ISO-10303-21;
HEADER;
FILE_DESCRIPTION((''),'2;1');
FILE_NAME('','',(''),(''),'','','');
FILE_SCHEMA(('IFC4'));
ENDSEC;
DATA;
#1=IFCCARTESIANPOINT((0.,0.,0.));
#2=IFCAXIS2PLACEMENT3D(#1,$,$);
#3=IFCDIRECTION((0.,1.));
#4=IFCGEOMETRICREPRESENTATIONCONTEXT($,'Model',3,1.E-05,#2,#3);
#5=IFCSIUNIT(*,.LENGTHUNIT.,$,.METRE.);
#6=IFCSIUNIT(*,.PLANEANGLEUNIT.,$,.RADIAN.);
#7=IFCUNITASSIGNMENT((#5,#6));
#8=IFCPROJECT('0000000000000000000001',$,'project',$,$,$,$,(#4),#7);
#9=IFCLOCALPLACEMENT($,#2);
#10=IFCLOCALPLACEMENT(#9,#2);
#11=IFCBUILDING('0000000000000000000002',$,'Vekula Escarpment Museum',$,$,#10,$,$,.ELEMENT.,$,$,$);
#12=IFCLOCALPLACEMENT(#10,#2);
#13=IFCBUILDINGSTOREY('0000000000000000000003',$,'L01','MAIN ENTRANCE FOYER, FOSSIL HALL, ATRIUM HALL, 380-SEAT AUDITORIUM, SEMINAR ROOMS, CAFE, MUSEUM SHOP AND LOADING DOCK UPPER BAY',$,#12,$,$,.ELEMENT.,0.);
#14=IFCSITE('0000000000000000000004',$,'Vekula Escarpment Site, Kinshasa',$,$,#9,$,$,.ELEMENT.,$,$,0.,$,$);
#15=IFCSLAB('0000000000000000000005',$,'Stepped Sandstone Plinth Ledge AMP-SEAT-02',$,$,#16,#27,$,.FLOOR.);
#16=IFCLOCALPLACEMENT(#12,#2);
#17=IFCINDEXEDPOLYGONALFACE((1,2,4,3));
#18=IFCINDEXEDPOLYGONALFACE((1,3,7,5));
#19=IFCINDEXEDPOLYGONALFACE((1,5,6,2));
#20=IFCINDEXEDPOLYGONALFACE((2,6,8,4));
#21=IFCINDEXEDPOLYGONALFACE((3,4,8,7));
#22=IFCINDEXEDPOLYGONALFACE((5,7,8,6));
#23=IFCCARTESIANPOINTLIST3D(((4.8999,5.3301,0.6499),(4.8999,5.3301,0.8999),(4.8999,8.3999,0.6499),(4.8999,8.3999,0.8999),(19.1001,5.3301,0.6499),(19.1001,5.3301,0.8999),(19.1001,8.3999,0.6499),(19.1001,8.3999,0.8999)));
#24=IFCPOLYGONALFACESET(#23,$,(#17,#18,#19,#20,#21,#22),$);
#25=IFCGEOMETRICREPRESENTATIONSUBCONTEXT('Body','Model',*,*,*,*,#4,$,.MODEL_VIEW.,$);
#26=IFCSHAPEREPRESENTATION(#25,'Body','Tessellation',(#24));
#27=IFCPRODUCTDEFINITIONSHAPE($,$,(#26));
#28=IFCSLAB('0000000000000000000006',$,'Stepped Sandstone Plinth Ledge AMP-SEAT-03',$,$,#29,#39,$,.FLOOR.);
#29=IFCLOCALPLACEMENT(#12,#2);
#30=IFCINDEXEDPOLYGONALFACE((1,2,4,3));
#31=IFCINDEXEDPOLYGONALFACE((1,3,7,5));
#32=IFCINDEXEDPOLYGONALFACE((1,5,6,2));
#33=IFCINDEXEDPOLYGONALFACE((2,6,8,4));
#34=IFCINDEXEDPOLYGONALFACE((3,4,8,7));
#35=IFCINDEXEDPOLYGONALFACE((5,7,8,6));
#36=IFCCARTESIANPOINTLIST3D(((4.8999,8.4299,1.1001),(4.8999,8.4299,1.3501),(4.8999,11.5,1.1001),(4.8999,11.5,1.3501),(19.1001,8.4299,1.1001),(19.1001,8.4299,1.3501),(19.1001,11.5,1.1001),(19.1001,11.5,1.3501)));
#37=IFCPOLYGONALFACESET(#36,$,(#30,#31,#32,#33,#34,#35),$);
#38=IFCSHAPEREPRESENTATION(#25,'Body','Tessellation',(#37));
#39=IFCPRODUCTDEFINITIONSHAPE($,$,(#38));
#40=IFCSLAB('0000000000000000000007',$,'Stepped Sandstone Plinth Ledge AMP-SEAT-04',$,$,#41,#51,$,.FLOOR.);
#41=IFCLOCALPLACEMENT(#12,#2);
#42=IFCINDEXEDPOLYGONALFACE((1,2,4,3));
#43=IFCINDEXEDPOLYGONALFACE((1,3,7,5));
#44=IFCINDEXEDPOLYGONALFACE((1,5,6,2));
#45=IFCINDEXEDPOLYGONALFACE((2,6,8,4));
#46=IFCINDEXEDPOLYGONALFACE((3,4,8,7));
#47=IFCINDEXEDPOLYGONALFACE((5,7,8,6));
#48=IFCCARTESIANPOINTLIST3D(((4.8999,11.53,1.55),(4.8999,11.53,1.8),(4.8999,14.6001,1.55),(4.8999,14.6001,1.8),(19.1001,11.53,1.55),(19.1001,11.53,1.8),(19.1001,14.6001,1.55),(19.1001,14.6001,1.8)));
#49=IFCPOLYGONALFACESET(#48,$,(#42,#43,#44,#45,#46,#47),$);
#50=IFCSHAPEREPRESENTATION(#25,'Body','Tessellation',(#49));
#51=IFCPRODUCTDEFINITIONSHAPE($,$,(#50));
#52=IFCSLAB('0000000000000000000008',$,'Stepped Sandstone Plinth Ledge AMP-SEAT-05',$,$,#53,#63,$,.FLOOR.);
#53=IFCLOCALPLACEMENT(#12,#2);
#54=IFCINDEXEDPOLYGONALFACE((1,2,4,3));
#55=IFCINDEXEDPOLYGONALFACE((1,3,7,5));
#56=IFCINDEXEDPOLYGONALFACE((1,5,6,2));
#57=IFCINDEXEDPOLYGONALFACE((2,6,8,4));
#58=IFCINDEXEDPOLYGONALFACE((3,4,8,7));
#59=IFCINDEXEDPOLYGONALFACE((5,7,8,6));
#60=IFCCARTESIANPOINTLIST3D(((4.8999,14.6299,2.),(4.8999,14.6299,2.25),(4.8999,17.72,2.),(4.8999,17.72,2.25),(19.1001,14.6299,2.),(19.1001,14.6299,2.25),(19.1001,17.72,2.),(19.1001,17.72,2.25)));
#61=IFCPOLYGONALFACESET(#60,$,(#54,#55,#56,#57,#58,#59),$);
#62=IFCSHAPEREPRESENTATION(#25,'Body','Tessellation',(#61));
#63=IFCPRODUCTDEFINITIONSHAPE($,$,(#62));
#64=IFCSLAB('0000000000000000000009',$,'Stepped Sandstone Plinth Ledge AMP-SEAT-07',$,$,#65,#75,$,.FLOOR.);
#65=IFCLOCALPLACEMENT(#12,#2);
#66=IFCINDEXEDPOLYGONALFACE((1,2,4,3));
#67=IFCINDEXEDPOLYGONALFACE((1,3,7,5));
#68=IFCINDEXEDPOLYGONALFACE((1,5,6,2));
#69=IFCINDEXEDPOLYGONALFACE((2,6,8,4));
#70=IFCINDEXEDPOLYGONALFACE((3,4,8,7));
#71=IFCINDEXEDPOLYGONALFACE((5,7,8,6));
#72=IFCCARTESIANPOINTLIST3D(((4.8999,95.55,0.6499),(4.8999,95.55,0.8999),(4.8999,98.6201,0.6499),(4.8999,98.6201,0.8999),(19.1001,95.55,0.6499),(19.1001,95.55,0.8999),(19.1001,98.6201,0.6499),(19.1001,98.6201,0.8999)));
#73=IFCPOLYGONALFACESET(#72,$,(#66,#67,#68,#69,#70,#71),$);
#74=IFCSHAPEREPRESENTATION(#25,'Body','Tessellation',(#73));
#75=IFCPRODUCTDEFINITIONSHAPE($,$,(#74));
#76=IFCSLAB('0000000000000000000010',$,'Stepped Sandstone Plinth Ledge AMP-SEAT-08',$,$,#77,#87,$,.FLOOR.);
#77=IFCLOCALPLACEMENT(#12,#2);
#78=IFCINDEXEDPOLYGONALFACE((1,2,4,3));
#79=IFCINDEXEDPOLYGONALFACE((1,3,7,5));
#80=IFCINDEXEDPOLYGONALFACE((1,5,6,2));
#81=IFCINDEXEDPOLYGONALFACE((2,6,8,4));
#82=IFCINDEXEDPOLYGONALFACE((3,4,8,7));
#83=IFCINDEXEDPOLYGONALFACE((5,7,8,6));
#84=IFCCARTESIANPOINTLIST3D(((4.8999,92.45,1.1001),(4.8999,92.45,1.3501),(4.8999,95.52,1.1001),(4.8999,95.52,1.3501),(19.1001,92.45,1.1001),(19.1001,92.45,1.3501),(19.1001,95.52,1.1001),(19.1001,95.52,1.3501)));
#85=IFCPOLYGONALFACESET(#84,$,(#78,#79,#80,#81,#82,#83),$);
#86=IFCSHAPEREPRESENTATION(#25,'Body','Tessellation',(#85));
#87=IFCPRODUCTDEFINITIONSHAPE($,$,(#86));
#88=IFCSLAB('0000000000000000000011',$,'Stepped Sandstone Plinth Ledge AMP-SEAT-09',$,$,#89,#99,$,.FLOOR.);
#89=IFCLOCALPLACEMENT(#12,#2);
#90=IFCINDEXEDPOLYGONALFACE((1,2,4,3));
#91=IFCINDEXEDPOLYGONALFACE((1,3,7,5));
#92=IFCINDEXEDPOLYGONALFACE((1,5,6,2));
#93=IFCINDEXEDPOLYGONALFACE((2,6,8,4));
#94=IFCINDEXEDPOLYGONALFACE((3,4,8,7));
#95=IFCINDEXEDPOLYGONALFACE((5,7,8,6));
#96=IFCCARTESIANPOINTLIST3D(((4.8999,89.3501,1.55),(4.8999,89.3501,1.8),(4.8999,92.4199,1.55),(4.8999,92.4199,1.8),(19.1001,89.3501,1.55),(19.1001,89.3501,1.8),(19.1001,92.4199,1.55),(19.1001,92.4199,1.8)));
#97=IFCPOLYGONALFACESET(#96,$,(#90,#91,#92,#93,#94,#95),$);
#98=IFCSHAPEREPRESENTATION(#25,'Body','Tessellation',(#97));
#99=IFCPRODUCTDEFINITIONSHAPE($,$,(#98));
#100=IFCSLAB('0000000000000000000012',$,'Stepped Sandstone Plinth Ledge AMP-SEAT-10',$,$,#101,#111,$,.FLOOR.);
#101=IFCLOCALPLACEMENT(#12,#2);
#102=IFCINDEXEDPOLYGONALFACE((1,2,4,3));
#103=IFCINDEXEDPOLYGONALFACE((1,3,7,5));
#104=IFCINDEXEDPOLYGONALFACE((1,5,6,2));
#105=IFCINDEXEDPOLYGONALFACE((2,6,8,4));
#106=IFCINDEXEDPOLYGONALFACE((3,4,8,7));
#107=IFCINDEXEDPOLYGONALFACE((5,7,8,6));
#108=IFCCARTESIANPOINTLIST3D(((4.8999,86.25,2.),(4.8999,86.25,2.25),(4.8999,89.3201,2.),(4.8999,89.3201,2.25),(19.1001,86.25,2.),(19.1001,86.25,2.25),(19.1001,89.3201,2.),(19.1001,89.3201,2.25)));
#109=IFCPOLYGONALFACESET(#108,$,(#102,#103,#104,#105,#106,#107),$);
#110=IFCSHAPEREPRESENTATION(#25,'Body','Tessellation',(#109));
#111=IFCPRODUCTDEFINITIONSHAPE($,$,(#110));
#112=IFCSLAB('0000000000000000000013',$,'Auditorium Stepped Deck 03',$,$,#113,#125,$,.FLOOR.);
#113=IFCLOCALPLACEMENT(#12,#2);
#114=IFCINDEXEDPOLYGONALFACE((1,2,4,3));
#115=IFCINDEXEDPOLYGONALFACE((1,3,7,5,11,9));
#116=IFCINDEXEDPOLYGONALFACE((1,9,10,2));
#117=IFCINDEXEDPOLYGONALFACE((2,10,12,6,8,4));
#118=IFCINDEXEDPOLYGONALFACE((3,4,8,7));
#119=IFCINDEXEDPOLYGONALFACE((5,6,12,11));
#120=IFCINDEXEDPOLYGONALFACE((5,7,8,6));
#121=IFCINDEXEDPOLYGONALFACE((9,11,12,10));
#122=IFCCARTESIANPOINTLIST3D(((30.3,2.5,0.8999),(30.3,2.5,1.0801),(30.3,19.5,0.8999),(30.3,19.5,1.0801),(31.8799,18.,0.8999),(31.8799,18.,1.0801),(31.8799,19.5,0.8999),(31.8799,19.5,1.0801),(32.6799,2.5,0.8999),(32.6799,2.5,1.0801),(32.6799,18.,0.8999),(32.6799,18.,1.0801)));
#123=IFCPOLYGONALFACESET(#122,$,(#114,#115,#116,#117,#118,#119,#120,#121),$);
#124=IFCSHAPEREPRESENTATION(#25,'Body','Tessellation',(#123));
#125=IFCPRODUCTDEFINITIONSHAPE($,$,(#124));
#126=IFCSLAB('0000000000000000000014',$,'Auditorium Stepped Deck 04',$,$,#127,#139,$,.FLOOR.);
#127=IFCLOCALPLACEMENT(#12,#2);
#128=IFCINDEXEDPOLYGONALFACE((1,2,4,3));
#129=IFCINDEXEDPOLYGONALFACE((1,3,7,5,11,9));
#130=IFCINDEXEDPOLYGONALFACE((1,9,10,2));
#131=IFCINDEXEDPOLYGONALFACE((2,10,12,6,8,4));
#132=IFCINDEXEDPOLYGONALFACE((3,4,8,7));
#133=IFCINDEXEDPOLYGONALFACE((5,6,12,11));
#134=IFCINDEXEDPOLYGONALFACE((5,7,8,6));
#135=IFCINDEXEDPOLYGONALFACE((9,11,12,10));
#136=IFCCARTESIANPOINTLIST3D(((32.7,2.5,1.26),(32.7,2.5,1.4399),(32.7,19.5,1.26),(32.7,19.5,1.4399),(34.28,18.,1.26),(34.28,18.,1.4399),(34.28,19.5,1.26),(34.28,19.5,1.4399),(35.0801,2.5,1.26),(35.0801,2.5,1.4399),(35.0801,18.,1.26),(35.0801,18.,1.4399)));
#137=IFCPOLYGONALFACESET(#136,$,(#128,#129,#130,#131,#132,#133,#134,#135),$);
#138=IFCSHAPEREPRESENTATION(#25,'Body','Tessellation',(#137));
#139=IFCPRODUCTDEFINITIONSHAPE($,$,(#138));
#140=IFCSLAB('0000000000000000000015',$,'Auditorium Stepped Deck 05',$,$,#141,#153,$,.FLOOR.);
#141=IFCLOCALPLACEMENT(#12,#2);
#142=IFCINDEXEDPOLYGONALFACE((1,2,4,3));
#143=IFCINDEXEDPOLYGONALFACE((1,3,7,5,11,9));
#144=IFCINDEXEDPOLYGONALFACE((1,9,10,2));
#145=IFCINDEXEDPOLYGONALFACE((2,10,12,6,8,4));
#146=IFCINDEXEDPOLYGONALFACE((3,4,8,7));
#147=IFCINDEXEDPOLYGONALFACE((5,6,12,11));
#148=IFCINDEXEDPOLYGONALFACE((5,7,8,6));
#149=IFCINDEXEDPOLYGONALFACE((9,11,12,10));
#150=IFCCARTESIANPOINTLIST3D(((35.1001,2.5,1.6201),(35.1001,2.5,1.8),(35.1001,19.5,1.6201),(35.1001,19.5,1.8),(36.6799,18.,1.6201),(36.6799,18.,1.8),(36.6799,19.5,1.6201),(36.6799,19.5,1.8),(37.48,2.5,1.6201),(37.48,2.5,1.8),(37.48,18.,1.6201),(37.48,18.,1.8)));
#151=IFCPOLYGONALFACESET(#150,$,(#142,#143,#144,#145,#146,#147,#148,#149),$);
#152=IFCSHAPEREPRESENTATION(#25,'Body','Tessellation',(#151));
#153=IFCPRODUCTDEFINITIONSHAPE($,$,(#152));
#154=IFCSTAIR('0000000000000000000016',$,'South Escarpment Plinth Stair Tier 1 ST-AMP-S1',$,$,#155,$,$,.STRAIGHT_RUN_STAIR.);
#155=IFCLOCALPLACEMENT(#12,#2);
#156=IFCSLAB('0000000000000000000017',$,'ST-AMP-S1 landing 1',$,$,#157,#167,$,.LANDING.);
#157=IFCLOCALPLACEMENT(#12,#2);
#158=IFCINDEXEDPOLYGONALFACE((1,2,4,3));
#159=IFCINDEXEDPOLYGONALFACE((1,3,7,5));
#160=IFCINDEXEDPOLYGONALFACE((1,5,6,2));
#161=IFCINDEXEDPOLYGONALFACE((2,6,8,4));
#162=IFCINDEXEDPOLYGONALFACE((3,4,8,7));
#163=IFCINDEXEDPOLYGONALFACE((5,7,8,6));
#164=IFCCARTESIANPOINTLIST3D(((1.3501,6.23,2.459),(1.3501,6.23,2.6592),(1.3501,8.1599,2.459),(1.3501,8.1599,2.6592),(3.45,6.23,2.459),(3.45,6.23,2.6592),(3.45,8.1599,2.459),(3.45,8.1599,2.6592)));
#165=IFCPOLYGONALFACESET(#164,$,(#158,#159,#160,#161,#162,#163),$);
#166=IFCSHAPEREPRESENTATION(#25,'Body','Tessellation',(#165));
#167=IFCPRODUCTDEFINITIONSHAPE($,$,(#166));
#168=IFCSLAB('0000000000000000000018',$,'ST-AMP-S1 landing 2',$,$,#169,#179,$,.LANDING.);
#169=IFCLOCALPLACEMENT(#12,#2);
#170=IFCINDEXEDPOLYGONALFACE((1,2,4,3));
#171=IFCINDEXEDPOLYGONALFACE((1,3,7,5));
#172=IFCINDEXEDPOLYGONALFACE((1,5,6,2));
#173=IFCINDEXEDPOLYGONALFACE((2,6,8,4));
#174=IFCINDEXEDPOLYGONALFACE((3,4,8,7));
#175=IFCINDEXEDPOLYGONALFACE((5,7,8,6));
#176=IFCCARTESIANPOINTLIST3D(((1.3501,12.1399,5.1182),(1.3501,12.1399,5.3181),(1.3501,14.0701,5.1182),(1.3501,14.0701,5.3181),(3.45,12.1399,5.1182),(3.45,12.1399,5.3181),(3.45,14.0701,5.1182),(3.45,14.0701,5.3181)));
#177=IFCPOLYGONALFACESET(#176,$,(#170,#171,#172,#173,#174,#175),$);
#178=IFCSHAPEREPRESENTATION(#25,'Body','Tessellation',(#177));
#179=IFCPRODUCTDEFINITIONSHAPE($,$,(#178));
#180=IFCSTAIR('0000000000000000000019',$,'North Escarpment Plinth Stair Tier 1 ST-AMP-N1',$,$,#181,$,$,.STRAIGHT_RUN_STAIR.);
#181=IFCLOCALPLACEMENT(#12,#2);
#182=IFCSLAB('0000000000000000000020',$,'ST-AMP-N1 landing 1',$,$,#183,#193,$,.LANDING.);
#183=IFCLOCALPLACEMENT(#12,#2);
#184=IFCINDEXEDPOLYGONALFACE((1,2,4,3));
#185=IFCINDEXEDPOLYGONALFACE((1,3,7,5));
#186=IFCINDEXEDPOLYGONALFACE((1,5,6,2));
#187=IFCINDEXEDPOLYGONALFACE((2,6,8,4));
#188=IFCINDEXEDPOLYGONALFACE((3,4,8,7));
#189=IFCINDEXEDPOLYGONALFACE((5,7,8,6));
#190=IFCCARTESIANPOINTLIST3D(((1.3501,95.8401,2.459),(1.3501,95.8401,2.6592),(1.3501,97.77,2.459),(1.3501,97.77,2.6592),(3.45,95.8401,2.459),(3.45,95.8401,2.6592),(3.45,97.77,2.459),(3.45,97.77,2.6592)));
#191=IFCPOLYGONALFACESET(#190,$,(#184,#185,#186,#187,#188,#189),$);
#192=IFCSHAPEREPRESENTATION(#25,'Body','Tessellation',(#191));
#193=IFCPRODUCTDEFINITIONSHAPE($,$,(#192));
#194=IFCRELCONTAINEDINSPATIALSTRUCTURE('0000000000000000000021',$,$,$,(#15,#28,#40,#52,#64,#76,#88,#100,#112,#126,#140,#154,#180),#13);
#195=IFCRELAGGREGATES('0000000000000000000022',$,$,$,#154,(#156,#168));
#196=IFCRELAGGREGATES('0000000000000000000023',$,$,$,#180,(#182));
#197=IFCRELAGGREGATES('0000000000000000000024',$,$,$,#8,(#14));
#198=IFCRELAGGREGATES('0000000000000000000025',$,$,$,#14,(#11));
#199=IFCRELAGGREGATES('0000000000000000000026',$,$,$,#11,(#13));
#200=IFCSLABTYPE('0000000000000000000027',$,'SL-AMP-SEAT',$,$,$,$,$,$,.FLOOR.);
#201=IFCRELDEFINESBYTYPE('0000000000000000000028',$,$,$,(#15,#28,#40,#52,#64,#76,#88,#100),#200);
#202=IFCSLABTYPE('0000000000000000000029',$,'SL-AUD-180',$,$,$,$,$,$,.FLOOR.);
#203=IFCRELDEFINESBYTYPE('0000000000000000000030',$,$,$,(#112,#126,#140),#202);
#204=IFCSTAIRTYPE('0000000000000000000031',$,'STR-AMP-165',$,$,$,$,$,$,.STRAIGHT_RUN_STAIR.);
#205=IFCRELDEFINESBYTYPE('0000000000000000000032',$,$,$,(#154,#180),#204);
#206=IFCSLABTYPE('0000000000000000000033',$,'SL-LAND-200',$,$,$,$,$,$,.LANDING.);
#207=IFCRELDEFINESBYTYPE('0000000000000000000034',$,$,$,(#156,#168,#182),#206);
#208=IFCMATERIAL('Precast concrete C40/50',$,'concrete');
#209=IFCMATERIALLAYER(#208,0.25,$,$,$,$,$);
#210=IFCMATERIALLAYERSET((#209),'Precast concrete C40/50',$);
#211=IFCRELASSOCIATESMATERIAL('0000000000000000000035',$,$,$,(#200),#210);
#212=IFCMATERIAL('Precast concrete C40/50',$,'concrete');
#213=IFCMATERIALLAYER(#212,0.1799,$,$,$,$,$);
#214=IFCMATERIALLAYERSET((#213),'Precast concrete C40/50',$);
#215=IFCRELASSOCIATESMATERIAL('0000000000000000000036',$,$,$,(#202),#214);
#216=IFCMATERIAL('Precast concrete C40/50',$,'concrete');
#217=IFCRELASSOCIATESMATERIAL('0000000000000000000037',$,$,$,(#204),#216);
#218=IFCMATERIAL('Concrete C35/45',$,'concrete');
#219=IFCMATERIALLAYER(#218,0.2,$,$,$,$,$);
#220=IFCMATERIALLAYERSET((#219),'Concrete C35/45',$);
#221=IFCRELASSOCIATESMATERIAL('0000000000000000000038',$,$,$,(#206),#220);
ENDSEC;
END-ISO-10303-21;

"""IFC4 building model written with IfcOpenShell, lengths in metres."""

from ifc_helpers import new_model, si_unit, direction, frame, origin, place, context, subcontext, project, spatial, polyline, outline, extrude, material, layer, layer_set, type_object, element, aggregate, save


model = new_model("IFC4")

# Units and contexts
model_context = context("Model", 3, precision=1e-05, world=origin(), true_north=direction((0.0, 1.0)))
body_context = subcontext(model_context, "Body", "Model", "MODEL_VIEW")
ifc_project = project(units=[si_unit("LENGTHUNIT", "METRE"), si_unit("PLANEANGLEUNIT", "RADIAN")], contexts=[model_context])

# Site, building, storey
site_placement = place(None, origin())
site = spatial("IfcSite", under=ifc_project, at=site_placement, Name="Vekula Escarpment Site, Kinshasa", CompositionType="ELEMENT", RefElevation=0.0)
building_placement = place(site_placement, origin())
building = spatial("IfcBuilding", under=site, at=building_placement, Name="Vekula Escarpment Museum", CompositionType="ELEMENT")
storey_placement = place(building_placement, origin())
storey = spatial("IfcBuildingStorey", under=building, at=storey_placement, Name="L01", Description="MAIN ENTRANCE FOYER, FOSSIL HALL, ATRIUM HALL, 380-SEAT AUDITORIUM, SEMINAR ROOMS, CAFE, MUSEUM SHOP AND LOADING DOCK UPPER BAY", CompositionType="ELEMENT", Elevation=0.0)

# Slabs
ifc_material_1 = material(Name="Precast concrete C40/50", Category="concrete")
ifc_layer_1 = layer(ifc_material_1, 0.25)
ifc_layer_set_1 = layer_set([ifc_layer_1], Name="Precast concrete C40/50")
slab_type_1 = type_object("IfcSlabType", Name="SL-AMP-SEAT", PredefinedType="FLOOR", material=ifc_layer_set_1)
slab_1_placement = place(storey_placement, frame((0.0, 0.0, 0.6499)))
element("IfcSlab", 1, at=slab_1_placement, inside=storey, type_object=slab_type_1, Name="Stepped Sandstone Plinth Ledge AMP-SEAT-02", PredefinedType="FLOOR", context=body_context, shape_type="SweptSolid", body=[
    extrude(outline(polyline([(4.8999, 5.3301), (19.1001, 5.3301), (19.1001, 8.3999), (4.8999, 8.3999), (4.8999, 5.3301)])), origin(), (0.0, 0.0, 1.0), 0.25),
])
slab_2_placement = place(storey_placement, frame((0.0, 0.0, 1.1001)))
element("IfcSlab", 2, at=slab_2_placement, inside=storey, type_object=slab_type_1, Name="Stepped Sandstone Plinth Ledge AMP-SEAT-03", PredefinedType="FLOOR", context=body_context, shape_type="SweptSolid", body=[
    extrude(outline(polyline([(4.8999, 8.4299), (19.1001, 8.4299), (19.1001, 11.5), (4.8999, 11.5), (4.8999, 8.4299)])), origin(), (0.0, 0.0, 1.0), 0.25),
])
slab_3_placement = place(storey_placement, frame((0.0, 0.0, 1.55)))
element("IfcSlab", 3, at=slab_3_placement, inside=storey, type_object=slab_type_1, Name="Stepped Sandstone Plinth Ledge AMP-SEAT-04", PredefinedType="FLOOR", context=body_context, shape_type="SweptSolid", body=[
    extrude(outline(polyline([(4.8999, 11.53), (19.1001, 11.53), (19.1001, 14.6001), (4.8999, 14.6001), (4.8999, 11.53)])), origin(), (0.0, 0.0, 1.0), 0.25),
])
slab_4_placement = place(storey_placement, frame((0.0, 0.0, 2.0)))
element("IfcSlab", 4, at=slab_4_placement, inside=storey, type_object=slab_type_1, Name="Stepped Sandstone Plinth Ledge AMP-SEAT-05", PredefinedType="FLOOR", context=body_context, shape_type="SweptSolid", body=[
    extrude(outline(polyline([(4.8999, 14.6299), (19.1001, 14.6299), (19.1001, 17.72), (4.8999, 17.72), (4.8999, 14.6299)])), origin(), (0.0, 0.0, 1.0), 0.25),
])
slab_5_placement = place(storey_placement, frame((0.0, 0.0, 0.6499)))
element("IfcSlab", 5, at=slab_5_placement, inside=storey, type_object=slab_type_1, Name="Stepped Sandstone Plinth Ledge AMP-SEAT-07", PredefinedType="FLOOR", context=body_context, shape_type="SweptSolid", body=[
    extrude(outline(polyline([(4.8999, 95.55), (19.1001, 95.55), (19.1001, 98.6201), (4.8999, 98.6201), (4.8999, 95.55)])), origin(), (0.0, 0.0, 1.0), 0.25),
])
slab_6_placement = place(storey_placement, frame((0.0, 0.0, 1.1001)))
element("IfcSlab", 6, at=slab_6_placement, inside=storey, type_object=slab_type_1, Name="Stepped Sandstone Plinth Ledge AMP-SEAT-08", PredefinedType="FLOOR", context=body_context, shape_type="SweptSolid", body=[
    extrude(outline(polyline([(4.8999, 92.45), (19.1001, 92.45), (19.1001, 95.52), (4.8999, 95.52), (4.8999, 92.45)])), origin(), (0.0, 0.0, 1.0), 0.25),
])
slab_7_placement = place(storey_placement, frame((0.0, 0.0, 1.55)))
element("IfcSlab", 7, at=slab_7_placement, inside=storey, type_object=slab_type_1, Name="Stepped Sandstone Plinth Ledge AMP-SEAT-09", PredefinedType="FLOOR", context=body_context, shape_type="SweptSolid", body=[
    extrude(outline(polyline([(4.8999, 89.3501), (19.1001, 89.3501), (19.1001, 92.4199), (4.8999, 92.4199), (4.8999, 89.3501)])), origin(), (0.0, 0.0, 1.0), 0.25),
])
slab_8_placement = place(storey_placement, frame((0.0, 0.0, 2.0)))
element("IfcSlab", 8, at=slab_8_placement, inside=storey, type_object=slab_type_1, Name="Stepped Sandstone Plinth Ledge AMP-SEAT-10", PredefinedType="FLOOR", context=body_context, shape_type="SweptSolid", body=[
    extrude(outline(polyline([(4.8999, 86.25), (19.1001, 86.25), (19.1001, 89.3201), (4.8999, 89.3201), (4.8999, 86.25)])), origin(), (0.0, 0.0, 1.0), 0.25),
])
ifc_material_2 = material(Name="Precast concrete C40/50", Category="concrete")
ifc_layer_2 = layer(ifc_material_2, 0.1799)
ifc_layer_set_2 = layer_set([ifc_layer_2], Name="Precast concrete C40/50")
slab_type_2 = type_object("IfcSlabType", Name="SL-AUD-180", PredefinedType="FLOOR", material=ifc_layer_set_2)
slab_9_placement = place(storey_placement, frame((0.0, 0.0, 0.8999)))
element("IfcSlab", 9, at=slab_9_placement, inside=storey, type_object=slab_type_2, Name="Auditorium Stepped Deck 03", PredefinedType="FLOOR", context=body_context, shape_type="SweptSolid", body=[
    extrude(outline(polyline([(30.3, 2.5), (32.6799, 2.5), (32.6799, 18.0), (31.8799, 18.0), (31.8799, 19.5), (30.3, 19.5), (30.3, 2.5)])), origin(), (0.0, 0.0, 1.0), 0.1802),
])
slab_10_placement = place(storey_placement, frame((0.0, 0.0, 1.26)))
element("IfcSlab", 10, at=slab_10_placement, inside=storey, type_object=slab_type_2, Name="Auditorium Stepped Deck 04", PredefinedType="FLOOR", context=body_context, shape_type="SweptSolid", body=[
    extrude(outline(polyline([(32.7, 2.5), (35.0801, 2.5), (35.0801, 18.0), (34.28, 18.0), (34.28, 19.5), (32.7, 19.5), (32.7, 2.5)])), origin(), (0.0, 0.0, 1.0), 0.1799),
])
slab_11_placement = place(storey_placement, frame((0.0, 0.0, 1.6201)))
element("IfcSlab", 11, at=slab_11_placement, inside=storey, type_object=slab_type_2, Name="Auditorium Stepped Deck 05", PredefinedType="FLOOR", context=body_context, shape_type="SweptSolid", body=[
    extrude(outline(polyline([(35.1001, 2.5), (37.48, 2.5), (37.48, 18.0), (36.6799, 18.0), (36.6799, 19.5), (35.1001, 19.5), (35.1001, 2.5)])), origin(), (0.0, 0.0, 1.0), 0.1799),
])

# Stairs, slabs
ifc_material_3 = material(Name="Precast concrete C40/50", Category="concrete")
stair_type_1 = type_object("IfcStairType", Name="STR-AMP-165", PredefinedType="STRAIGHT_RUN_STAIR", material=ifc_material_3)
stair_1_placement = place(storey_placement, origin())
stair_1 = element("IfcStair", 12, at=stair_1_placement, inside=storey, type_object=stair_type_1, Name="South Escarpment Plinth Stair Tier 1 ST-AMP-S1", PredefinedType="STRAIGHT_RUN_STAIR")
ifc_material_4 = material(Name="Concrete C35/45", Category="concrete")
ifc_layer_3 = layer(ifc_material_4, 0.2)
ifc_layer_set_3 = layer_set([ifc_layer_3], Name="Concrete C35/45")
slab_type_3 = type_object("IfcSlabType", Name="SL-LAND-200", PredefinedType="LANDING", material=ifc_layer_set_3)
slab_12_placement = place(storey_placement, frame((0.0, 0.0, 2.459)))
slab_12 = element("IfcSlab", 13, at=slab_12_placement, type_object=slab_type_3, Name="ST-AMP-S1 landing 1", PredefinedType="LANDING", context=body_context, shape_type="SweptSolid", body=[
    extrude(outline(polyline([(1.3501, 6.23), (3.45, 6.23), (3.45, 8.1599), (1.3501, 8.1599), (1.3501, 6.23)])), origin(), (0.0, 0.0, 1.0), 0.2002),
])
slab_13_placement = place(storey_placement, frame((0.0, 0.0, 5.1182)))
slab_13 = element("IfcSlab", 14, at=slab_13_placement, type_object=slab_type_3, Name="ST-AMP-S1 landing 2", PredefinedType="LANDING", context=body_context, shape_type="SweptSolid", body=[
    extrude(outline(polyline([(1.3501, 12.1399), (3.45, 12.1399), (3.45, 14.0701), (1.3501, 14.0701), (1.3501, 12.1399)])), origin(), (0.0, 0.0, 1.0), 0.2),
])
aggregate(stair_1, [slab_12, slab_13])
stair_2_placement = place(storey_placement, origin())
stair_2 = element("IfcStair", 15, at=stair_2_placement, inside=storey, type_object=stair_type_1, Name="North Escarpment Plinth Stair Tier 1 ST-AMP-N1", PredefinedType="STRAIGHT_RUN_STAIR")
slab_14_placement = place(storey_placement, frame((0.0, 0.0, 2.459)))
slab_14 = element("IfcSlab", 16, at=slab_14_placement, type_object=slab_type_3, Name="ST-AMP-N1 landing 1", PredefinedType="LANDING", context=body_context, shape_type="SweptSolid", body=[
    extrude(outline(polyline([(1.3501, 95.8401), (3.45, 95.8401), (3.45, 97.77), (1.3501, 97.77), (1.3501, 95.8401)])), origin(), (0.0, 0.0, 1.0), 0.2002),
])
aggregate(stair_2, [slab_14])

save(model, "model.ifc")
